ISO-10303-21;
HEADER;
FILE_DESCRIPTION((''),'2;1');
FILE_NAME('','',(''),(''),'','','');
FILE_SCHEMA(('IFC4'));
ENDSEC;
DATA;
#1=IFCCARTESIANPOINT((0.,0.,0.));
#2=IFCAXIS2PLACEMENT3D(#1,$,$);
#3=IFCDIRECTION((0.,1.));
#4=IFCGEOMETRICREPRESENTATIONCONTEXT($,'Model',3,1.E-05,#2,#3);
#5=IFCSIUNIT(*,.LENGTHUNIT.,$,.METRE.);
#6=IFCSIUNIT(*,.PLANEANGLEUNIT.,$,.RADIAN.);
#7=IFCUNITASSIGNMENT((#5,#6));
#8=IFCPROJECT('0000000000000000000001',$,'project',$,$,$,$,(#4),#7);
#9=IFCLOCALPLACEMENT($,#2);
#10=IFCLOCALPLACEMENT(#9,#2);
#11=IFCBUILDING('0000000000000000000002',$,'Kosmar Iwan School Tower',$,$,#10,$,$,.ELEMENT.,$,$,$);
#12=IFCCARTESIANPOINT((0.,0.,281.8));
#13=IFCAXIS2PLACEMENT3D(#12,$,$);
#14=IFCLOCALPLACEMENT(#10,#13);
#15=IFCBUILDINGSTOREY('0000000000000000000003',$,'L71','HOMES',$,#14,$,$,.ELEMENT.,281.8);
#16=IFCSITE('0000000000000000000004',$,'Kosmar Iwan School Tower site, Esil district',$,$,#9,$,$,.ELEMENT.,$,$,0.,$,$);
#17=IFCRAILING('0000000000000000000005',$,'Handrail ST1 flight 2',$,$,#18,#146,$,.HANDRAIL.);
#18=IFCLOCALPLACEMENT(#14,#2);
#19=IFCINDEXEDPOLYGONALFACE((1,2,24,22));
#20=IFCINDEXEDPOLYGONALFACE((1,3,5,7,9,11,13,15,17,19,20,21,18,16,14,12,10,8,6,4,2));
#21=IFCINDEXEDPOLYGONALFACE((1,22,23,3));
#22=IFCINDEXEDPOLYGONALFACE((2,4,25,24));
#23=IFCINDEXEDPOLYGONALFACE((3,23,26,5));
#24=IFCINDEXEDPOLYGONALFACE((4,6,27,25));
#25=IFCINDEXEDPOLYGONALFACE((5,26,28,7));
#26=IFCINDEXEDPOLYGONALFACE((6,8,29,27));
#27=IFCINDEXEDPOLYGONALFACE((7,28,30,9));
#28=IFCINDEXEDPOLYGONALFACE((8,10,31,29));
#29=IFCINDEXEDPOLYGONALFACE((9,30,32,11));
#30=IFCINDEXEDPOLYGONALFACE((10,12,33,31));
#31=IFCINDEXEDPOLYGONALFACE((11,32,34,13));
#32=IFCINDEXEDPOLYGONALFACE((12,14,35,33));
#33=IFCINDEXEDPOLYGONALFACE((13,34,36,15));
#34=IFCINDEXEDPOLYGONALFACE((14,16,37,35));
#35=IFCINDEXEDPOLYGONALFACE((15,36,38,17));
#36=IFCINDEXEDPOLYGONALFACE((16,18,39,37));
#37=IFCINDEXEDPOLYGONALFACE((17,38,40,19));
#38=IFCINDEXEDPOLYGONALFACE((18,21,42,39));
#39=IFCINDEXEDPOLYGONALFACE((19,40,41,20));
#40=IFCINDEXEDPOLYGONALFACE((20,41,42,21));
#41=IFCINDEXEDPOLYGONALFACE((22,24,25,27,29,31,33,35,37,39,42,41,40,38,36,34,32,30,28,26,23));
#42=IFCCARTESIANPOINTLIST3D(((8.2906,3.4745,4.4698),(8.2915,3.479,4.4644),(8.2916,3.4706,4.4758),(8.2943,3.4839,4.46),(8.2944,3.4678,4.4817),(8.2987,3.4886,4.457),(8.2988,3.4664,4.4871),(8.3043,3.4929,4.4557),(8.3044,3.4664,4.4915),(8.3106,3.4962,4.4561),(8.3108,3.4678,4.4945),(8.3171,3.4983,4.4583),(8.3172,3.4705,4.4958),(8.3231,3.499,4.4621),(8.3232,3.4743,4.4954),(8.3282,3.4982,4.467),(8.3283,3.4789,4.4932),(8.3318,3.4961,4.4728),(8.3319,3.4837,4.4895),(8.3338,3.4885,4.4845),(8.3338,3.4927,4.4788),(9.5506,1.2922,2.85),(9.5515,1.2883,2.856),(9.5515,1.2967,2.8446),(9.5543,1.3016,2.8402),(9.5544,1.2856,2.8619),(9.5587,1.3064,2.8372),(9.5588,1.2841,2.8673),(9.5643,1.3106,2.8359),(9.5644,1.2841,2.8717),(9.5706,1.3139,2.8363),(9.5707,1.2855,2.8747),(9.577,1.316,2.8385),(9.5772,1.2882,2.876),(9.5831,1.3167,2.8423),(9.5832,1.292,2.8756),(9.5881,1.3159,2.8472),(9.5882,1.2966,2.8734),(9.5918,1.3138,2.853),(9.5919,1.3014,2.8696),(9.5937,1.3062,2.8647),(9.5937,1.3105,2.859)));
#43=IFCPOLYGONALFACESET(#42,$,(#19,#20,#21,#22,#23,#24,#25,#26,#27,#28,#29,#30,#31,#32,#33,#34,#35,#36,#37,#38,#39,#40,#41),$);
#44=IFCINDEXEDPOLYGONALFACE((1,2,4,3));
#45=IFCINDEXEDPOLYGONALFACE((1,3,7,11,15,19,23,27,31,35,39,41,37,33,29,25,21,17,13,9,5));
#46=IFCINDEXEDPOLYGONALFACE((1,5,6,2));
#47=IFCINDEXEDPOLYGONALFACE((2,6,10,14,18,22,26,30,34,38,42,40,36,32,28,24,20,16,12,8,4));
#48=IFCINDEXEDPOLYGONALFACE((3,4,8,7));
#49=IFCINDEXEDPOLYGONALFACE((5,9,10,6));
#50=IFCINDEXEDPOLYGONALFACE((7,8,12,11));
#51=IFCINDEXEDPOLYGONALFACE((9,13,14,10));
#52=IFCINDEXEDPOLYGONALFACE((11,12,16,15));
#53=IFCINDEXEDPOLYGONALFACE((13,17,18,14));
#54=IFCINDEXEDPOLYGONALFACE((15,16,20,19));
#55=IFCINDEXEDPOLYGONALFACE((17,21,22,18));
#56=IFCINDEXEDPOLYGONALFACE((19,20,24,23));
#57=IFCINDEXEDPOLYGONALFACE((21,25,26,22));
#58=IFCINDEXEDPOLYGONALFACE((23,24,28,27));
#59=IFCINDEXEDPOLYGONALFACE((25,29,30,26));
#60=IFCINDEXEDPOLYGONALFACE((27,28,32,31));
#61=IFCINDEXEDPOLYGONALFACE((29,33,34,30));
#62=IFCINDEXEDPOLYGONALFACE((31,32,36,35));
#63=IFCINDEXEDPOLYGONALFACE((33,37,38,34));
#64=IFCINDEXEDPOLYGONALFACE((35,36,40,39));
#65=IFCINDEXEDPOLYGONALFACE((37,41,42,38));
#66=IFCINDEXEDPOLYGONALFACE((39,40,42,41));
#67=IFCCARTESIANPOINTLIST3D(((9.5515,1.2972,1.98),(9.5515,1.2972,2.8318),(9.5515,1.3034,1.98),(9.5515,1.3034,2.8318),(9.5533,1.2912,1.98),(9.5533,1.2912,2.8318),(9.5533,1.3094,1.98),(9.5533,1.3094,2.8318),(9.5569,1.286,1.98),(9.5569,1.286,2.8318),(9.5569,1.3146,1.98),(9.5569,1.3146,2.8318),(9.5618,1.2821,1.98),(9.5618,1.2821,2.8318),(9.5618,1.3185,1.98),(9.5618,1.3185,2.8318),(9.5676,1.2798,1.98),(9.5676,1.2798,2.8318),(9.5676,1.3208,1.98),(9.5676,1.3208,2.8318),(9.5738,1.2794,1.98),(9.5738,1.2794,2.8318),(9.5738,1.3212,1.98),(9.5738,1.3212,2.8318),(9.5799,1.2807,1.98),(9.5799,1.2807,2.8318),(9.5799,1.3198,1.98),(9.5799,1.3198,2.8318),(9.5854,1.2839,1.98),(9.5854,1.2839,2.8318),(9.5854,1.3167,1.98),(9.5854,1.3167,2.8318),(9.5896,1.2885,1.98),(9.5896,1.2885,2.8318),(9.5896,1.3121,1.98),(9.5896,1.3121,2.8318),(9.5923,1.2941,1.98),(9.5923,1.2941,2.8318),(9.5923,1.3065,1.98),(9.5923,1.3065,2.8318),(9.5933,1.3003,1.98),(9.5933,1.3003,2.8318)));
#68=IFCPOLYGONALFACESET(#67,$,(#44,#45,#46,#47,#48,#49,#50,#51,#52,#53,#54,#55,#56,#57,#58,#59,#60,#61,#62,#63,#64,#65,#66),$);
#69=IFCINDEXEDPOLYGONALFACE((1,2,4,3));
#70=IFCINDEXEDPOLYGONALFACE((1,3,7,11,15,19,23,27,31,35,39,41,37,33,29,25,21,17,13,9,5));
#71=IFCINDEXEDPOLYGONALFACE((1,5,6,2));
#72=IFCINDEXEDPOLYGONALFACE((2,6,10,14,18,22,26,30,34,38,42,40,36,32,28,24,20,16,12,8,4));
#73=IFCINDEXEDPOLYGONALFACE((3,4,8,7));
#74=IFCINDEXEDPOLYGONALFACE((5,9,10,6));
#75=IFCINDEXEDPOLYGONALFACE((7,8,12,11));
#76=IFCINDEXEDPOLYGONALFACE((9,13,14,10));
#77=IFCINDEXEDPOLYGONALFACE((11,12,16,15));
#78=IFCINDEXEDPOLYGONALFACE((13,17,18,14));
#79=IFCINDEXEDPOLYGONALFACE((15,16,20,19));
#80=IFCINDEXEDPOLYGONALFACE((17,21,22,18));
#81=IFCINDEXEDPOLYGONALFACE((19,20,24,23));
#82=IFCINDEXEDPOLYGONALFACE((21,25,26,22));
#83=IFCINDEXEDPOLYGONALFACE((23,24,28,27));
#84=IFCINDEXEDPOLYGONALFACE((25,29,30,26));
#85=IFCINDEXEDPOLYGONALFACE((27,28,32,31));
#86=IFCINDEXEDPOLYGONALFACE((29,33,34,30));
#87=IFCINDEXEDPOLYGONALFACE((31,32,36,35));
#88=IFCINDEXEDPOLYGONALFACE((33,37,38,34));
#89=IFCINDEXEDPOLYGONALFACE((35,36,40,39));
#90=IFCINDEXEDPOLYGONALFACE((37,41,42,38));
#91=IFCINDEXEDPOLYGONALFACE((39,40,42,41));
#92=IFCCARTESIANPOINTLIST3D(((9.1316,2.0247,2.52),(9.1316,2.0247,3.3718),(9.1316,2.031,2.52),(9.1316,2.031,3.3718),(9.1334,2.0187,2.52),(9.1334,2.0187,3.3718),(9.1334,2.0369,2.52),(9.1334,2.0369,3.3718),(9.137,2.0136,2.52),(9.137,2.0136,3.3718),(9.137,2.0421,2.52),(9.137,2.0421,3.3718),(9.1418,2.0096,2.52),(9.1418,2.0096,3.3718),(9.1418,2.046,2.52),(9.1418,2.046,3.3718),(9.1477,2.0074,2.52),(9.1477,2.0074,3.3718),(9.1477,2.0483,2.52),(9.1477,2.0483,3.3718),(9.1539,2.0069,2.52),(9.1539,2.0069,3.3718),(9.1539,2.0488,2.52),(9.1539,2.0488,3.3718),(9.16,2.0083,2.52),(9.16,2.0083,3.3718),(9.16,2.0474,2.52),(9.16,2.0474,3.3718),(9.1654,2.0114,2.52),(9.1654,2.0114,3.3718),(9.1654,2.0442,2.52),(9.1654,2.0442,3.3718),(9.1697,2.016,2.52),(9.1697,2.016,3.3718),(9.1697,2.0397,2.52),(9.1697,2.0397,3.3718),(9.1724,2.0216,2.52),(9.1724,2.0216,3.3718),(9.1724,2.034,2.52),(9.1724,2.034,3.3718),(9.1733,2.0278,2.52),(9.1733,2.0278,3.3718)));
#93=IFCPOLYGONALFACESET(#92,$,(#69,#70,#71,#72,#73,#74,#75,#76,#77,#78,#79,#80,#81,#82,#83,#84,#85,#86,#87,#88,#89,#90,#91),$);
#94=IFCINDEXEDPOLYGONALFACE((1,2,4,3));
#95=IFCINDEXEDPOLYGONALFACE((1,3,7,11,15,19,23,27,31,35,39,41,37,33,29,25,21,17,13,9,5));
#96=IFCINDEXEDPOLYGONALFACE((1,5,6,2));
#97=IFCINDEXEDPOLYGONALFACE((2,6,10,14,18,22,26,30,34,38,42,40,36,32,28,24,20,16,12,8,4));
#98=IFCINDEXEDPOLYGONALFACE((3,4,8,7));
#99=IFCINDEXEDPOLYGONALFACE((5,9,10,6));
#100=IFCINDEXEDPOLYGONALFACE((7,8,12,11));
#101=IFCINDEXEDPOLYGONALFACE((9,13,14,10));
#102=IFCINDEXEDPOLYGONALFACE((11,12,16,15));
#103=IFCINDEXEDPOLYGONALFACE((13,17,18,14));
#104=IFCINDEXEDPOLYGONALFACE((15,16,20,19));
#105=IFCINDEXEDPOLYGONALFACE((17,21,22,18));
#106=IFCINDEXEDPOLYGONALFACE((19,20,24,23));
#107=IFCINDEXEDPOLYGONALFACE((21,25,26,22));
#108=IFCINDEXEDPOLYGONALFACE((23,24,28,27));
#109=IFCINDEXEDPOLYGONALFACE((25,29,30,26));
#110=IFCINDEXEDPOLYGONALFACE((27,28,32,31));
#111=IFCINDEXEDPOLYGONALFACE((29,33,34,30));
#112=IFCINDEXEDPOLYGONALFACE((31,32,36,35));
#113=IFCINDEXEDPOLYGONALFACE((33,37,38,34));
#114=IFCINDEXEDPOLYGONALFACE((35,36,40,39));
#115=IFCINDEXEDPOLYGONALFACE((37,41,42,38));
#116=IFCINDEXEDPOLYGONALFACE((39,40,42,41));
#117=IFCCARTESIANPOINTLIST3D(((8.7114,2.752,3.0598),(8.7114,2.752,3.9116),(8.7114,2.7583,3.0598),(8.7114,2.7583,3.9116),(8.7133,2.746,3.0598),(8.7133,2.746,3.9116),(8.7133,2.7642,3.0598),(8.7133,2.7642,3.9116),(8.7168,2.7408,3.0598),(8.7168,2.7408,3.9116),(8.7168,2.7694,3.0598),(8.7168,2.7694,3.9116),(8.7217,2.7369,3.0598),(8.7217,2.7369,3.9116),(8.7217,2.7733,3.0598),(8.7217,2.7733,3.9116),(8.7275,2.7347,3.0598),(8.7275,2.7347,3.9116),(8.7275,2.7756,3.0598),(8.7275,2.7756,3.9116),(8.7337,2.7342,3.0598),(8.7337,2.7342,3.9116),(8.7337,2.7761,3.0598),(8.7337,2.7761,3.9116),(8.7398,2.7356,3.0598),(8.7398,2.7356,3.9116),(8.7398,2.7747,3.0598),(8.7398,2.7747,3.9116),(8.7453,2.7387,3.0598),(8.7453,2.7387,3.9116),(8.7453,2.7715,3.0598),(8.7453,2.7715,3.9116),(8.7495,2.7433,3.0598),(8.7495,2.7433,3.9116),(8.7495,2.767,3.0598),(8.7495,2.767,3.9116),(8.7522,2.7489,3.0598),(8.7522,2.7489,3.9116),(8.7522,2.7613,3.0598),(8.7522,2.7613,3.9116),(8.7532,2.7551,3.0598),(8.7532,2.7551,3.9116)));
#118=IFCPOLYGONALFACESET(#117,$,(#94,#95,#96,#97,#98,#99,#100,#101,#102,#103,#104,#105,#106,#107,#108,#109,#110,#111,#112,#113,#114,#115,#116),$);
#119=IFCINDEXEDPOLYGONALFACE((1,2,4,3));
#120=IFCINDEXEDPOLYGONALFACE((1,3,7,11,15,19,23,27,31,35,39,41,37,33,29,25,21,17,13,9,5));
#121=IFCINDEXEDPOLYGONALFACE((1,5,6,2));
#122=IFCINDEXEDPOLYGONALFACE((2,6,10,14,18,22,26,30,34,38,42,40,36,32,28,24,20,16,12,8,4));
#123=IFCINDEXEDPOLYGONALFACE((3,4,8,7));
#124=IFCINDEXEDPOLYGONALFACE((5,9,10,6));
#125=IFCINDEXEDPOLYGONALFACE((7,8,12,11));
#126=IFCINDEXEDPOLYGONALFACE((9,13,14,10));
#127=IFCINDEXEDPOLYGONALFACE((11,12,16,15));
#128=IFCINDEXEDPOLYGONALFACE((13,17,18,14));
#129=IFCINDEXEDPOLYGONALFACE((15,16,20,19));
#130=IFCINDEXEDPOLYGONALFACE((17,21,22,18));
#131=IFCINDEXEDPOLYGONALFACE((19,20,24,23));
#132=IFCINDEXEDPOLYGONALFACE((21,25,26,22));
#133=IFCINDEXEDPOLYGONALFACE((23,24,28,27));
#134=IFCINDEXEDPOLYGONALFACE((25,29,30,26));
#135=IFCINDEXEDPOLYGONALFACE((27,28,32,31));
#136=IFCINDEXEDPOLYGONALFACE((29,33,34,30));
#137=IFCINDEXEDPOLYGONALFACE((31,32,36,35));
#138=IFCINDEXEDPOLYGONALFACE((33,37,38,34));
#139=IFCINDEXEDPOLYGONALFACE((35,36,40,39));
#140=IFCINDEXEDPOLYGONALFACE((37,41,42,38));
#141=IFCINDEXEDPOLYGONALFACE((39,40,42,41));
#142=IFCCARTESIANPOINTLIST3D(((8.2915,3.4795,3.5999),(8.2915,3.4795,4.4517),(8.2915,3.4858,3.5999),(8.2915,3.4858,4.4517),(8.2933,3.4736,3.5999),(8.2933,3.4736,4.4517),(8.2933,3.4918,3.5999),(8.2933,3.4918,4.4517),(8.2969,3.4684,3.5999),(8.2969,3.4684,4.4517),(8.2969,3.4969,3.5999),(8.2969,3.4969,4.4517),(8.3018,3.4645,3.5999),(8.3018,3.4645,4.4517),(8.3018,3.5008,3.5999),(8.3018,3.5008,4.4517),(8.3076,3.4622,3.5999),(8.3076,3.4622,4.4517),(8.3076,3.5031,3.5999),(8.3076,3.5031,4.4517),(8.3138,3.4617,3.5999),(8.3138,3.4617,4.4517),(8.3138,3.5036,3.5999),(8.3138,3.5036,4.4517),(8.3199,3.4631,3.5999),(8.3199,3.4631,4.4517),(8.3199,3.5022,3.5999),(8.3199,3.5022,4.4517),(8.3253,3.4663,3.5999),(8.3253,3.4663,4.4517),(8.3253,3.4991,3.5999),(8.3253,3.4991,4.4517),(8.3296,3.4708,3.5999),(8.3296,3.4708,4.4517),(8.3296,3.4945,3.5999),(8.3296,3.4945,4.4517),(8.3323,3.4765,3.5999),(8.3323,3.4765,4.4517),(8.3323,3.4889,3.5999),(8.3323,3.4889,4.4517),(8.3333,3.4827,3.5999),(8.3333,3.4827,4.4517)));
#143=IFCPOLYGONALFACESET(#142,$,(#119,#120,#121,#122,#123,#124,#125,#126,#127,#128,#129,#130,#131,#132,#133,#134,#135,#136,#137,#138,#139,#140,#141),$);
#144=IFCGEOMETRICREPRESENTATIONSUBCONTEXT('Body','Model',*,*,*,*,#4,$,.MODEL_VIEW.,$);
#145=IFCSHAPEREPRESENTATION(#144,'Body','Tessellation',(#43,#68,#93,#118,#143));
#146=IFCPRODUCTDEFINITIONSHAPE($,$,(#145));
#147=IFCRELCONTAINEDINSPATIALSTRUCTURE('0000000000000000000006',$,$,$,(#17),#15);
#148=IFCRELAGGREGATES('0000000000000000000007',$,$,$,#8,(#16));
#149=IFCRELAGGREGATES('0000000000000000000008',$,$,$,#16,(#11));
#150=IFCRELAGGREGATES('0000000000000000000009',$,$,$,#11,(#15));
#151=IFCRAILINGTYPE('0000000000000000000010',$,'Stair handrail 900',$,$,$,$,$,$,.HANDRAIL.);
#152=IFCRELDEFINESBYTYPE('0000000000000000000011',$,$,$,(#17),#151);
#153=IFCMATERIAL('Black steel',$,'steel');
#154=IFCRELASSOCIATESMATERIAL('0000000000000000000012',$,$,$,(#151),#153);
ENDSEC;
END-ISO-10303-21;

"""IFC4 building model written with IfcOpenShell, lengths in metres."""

from ifc_helpers import new_model, si_unit, direction, frame, origin, origin_2d, place, context, subcontext, project, spatial, circle, extrude, material, type_object, element, save


model = new_model("IFC4")

# Units and contexts
model_context = context("Model", 3, precision=1e-05, world=origin(), true_north=direction((0.0, 1.0)))
body_context = subcontext(model_context, "Body", "Model", "MODEL_VIEW")
ifc_project = project(units=[si_unit("LENGTHUNIT", "METRE"), si_unit("PLANEANGLEUNIT", "RADIAN")], contexts=[model_context])

# Site, building, storey
site_placement = place(None, origin())
site = spatial("IfcSite", under=ifc_project, at=site_placement, Name="Kosmar Iwan School Tower site, Esil district", CompositionType="ELEMENT", RefElevation=0.0)
building_placement = place(site_placement, origin())
building = spatial("IfcBuilding", under=site, at=building_placement, Name="Kosmar Iwan School Tower", CompositionType="ELEMENT")
storey_placement = place(building_placement, frame((0.0, 0.0, 281.8)))
storey = spatial("IfcBuildingStorey", under=building, at=storey_placement, Name="L71", Description="HOMES", CompositionType="ELEMENT", Elevation=281.8)

# Railing
ifc_material_1 = material(Name="Black steel", Category="steel")
railing_type = type_object("IfcRailingType", Name="Stair handrail 900", PredefinedType="HANDRAIL", material=ifc_material_1)
railing_placement = place(storey_placement, frame((9.5723, 1.3003, 1.98)))
element("IfcRailing", 1, at=railing_placement, inside=storey, type_object=railing_type, Name="Handrail ST1 flight 2", PredefinedType="HANDRAIL", context=body_context, shape_type="SweptSolid", body=[
    extrude(circle(Radius=0.0239, at=origin_2d()), frame((0.0, 0.0, 0.876), z_axis=(-0.420603, 0.728496, 0.540728), x_axis=(-0.866023, -0.500005, 0.0)), (0.0, 0.0, 1.0), 2.9956),
    extrude(circle(Radius=0.021, at=origin_2d()), origin(), (0.0, 0.0, 1.0), 0.8518),
    extrude(circle(Radius=0.021, at=origin_2d()), frame((-0.4199, 0.7275, 0.54)), (0.0, 0.0, 1.0), 0.8518),
    extrude(circle(Radius=0.021, at=origin_2d()), frame((-0.8401, 1.4548, 1.0798)), (0.0, 0.0, 1.0), 0.8518),
    extrude(circle(Radius=0.021, at=origin_2d()), frame((-1.26, 2.1824, 1.6199)), (0.0, 0.0, 1.0), 0.8518),
])

save(model, "model.ifc")
